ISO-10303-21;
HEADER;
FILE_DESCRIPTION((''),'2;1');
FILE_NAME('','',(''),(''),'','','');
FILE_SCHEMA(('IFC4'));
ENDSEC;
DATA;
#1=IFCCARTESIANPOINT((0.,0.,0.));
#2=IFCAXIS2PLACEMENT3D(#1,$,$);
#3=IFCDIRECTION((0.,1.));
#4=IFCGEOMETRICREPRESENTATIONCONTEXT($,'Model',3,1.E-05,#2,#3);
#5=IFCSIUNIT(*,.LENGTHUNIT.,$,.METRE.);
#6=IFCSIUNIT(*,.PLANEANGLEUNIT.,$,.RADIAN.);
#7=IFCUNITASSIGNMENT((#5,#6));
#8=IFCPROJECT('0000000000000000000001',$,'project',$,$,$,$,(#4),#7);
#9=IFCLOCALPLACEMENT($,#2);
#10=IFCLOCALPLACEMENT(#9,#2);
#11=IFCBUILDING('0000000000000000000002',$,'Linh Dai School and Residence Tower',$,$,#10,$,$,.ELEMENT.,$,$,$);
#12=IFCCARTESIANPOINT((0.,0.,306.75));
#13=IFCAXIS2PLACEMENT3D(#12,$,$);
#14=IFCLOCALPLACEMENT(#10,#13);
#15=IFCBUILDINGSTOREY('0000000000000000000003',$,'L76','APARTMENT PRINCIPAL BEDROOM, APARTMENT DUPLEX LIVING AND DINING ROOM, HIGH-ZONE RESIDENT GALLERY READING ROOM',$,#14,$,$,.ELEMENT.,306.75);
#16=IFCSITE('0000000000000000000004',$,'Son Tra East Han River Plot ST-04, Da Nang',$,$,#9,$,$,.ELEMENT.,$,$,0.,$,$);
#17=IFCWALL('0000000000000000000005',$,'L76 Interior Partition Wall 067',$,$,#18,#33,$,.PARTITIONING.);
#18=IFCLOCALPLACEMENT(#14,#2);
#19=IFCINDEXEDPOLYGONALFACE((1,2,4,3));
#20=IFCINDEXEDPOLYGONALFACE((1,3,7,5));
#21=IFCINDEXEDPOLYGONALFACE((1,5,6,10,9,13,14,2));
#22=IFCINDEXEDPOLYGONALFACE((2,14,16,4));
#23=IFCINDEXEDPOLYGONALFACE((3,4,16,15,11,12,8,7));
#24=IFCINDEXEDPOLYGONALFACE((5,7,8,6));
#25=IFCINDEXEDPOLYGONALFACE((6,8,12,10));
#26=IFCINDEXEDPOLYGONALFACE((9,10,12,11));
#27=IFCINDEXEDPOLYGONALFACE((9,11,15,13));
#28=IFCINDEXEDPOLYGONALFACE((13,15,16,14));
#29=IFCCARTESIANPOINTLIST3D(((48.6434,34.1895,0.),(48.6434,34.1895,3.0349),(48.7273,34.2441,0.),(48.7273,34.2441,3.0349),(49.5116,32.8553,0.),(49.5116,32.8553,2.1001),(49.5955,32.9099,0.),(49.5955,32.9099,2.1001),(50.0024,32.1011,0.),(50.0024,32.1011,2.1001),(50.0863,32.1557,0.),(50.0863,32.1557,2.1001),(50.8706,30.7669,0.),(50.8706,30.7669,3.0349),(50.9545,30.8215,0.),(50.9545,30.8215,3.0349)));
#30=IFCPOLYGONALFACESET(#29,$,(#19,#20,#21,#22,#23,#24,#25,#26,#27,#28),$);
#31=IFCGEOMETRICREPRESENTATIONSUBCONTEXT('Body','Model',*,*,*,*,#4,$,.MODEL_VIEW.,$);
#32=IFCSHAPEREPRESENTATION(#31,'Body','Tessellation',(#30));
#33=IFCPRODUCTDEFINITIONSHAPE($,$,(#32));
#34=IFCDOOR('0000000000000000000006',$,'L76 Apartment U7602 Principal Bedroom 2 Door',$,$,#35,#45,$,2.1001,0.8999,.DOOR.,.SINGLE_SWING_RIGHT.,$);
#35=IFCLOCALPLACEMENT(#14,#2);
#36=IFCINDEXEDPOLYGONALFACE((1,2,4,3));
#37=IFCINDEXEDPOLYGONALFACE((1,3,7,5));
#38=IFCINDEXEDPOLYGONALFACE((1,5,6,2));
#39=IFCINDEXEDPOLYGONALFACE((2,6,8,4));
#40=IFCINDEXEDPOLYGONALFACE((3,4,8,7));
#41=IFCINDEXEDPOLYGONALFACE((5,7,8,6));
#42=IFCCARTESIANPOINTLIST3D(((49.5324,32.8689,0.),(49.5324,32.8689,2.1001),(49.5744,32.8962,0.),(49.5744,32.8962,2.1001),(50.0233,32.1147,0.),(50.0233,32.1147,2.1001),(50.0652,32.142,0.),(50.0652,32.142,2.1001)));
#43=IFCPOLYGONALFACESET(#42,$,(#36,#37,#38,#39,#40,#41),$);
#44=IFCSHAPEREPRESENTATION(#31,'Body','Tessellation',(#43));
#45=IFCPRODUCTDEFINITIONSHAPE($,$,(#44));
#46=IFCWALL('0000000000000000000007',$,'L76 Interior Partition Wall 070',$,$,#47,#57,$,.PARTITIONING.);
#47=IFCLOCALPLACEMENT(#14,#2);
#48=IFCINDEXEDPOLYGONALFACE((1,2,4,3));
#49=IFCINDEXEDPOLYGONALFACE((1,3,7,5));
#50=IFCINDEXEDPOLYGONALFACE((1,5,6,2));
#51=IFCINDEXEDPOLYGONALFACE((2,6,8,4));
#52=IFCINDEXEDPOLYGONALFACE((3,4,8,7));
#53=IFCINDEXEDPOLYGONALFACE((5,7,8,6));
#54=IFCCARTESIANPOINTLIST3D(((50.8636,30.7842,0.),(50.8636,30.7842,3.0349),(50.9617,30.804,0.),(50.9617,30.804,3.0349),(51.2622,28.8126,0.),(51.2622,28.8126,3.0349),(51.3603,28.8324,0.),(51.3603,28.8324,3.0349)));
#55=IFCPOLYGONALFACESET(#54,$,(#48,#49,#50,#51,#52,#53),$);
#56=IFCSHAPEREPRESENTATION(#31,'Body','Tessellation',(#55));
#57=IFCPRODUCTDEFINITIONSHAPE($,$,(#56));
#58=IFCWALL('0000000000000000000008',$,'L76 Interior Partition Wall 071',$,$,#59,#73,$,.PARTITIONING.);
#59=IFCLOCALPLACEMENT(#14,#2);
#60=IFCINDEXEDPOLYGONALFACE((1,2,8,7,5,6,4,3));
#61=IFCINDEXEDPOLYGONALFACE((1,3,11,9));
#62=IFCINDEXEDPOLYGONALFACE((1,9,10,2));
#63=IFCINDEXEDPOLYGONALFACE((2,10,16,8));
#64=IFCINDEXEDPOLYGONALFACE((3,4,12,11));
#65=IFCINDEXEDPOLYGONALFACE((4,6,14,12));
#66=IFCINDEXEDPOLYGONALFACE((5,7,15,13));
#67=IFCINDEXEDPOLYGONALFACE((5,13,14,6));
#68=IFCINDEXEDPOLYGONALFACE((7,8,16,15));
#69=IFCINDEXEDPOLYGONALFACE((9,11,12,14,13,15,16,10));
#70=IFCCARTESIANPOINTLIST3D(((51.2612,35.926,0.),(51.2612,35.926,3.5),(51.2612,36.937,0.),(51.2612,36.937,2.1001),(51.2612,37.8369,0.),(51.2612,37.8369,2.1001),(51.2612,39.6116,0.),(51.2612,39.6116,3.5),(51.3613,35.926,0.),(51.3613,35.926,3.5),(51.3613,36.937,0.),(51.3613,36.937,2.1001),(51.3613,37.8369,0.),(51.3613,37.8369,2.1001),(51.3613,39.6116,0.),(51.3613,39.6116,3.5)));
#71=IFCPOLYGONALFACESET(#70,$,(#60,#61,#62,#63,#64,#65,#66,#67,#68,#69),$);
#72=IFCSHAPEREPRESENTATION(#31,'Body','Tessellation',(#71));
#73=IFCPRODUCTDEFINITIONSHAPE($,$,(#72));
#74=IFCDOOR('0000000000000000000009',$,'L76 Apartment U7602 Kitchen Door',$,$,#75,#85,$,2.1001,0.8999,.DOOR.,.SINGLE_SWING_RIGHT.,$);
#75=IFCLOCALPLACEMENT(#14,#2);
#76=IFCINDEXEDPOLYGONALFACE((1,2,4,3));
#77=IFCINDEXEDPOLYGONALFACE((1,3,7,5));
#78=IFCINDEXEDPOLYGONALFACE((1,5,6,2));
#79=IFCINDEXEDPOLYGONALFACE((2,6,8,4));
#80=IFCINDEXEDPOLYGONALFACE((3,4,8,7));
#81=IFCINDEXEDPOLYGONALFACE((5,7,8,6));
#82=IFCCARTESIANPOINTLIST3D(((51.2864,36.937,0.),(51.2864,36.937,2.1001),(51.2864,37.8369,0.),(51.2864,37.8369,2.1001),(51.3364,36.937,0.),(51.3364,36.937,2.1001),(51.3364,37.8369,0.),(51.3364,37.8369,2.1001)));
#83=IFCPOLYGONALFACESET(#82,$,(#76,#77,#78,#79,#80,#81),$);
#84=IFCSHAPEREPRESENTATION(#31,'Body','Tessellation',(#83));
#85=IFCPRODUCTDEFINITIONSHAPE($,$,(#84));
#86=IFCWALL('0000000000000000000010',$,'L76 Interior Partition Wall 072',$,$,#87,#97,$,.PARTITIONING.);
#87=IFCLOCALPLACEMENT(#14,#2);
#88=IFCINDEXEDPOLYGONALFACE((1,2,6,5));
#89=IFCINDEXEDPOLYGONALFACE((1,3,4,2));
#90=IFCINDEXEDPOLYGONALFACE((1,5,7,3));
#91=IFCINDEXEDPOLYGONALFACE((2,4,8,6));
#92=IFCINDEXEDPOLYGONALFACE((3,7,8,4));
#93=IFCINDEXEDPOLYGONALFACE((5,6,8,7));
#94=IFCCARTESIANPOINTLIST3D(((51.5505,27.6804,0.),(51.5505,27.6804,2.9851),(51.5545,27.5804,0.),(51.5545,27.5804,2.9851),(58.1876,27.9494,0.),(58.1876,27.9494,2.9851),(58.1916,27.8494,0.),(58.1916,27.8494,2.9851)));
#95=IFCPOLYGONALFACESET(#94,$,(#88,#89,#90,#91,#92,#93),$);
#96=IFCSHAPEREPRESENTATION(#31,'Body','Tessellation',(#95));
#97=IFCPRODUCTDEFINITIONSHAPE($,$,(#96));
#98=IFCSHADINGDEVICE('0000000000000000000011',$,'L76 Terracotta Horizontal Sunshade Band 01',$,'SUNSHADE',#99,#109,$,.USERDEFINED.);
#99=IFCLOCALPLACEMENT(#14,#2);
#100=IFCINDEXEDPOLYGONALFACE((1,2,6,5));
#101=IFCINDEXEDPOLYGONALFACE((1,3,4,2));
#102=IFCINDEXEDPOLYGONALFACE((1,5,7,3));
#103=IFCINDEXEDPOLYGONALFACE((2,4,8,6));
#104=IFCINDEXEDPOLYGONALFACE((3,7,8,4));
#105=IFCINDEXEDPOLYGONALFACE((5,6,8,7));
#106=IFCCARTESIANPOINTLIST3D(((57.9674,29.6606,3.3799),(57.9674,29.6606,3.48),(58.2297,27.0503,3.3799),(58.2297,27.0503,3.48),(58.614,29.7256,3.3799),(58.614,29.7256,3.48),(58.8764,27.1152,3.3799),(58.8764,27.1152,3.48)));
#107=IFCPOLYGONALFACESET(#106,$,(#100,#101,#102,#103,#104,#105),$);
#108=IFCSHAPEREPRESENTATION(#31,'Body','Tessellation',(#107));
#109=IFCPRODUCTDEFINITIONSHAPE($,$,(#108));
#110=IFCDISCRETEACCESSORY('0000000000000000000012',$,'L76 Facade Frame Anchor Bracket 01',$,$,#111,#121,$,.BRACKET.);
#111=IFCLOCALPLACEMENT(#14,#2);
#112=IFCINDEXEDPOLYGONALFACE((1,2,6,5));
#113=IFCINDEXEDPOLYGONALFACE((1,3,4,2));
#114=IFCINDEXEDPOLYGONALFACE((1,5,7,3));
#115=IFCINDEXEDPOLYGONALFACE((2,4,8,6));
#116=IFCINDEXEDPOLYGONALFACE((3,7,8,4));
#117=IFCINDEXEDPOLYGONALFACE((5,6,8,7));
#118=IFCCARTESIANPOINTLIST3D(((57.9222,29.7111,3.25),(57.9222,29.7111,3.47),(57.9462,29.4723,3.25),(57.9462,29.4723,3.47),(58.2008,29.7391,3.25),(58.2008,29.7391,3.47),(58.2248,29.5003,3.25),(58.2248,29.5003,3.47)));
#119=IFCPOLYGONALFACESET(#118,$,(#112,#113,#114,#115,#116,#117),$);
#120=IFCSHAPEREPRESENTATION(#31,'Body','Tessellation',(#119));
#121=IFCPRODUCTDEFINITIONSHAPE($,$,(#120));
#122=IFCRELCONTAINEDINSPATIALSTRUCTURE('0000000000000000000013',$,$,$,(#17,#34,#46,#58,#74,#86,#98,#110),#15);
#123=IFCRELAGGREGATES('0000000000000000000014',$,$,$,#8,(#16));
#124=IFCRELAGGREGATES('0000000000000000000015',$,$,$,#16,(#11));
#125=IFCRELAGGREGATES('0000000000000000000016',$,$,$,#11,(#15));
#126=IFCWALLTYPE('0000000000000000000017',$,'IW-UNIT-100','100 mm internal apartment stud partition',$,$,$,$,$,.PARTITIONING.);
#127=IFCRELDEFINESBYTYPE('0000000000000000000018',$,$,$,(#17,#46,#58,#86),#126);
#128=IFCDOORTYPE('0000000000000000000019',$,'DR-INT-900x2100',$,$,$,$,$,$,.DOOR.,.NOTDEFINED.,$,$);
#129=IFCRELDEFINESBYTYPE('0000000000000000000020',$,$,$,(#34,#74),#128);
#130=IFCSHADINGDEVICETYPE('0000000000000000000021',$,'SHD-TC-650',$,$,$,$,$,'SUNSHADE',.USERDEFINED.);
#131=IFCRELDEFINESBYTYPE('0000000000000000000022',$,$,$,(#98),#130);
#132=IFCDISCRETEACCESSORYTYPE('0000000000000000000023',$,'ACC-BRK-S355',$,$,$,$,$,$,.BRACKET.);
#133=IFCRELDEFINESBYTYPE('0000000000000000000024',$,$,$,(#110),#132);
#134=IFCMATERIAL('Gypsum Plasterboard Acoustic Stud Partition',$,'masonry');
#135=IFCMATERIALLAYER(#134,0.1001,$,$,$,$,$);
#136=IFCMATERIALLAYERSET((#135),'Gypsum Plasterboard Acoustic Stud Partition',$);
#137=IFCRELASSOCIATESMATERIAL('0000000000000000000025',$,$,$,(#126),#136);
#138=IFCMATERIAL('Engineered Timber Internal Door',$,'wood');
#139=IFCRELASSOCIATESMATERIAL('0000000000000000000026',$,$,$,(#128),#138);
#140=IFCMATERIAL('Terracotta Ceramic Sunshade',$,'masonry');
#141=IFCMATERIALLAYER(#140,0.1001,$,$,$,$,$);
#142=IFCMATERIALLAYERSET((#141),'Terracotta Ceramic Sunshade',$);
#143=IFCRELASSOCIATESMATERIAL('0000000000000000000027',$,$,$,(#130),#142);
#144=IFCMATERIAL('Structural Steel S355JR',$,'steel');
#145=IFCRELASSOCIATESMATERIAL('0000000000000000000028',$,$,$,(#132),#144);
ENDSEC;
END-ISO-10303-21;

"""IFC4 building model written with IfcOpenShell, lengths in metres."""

from ifc_helpers import new_model, si_unit, direction, frame, frame_2d, origin, origin_2d, place, context, subcontext, project, spatial, rectangle, extrude, source, transform, mapped, material, layer, layer_set, type_object, element, fill, save


model = new_model("IFC4")

# Units and contexts
model_context = context("Model", 3, precision=1e-05, world=origin(), true_north=direction((0.0, 1.0)))
body_context = subcontext(model_context, "Body", "Model", "MODEL_VIEW")
ifc_project = project(units=[si_unit("LENGTHUNIT", "METRE"), si_unit("PLANEANGLEUNIT", "RADIAN")], contexts=[model_context])

# Site, building, storey
site_placement = place(None, origin())
site = spatial("IfcSite", under=ifc_project, at=site_placement, Name="Son Tra East Han River Plot ST-04, Da Nang", CompositionType="ELEMENT", RefElevation=0.0)
building_placement = place(site_placement, origin())
building = spatial("IfcBuilding", under=site, at=building_placement, Name="Linh Dai School and Residence Tower", CompositionType="ELEMENT")
storey_placement = place(building_placement, frame((0.0, 0.0, 306.75)))
storey = spatial("IfcBuildingStorey", under=building, at=storey_placement, Name="L76", Description="APARTMENT PRINCIPAL BEDROOM, APARTMENT DUPLEX LIVING AND DINING ROOM, HIGH-ZONE RESIDENT GALLERY READING ROOM", CompositionType="ELEMENT", Elevation=306.75)

# Shared definitions
ifc_material_1 = material(Name="Structural Steel S355JR", Category="steel")

# Shared definitions
ifc_material_2 = material(Name="Gypsum Plasterboard Acoustic Stud Partition", Category="masonry")
ifc_layer_1 = layer(ifc_material_2, 0.1001)
ifc_layer_set_1 = layer_set([ifc_layer_1], Name="Gypsum Plasterboard Acoustic Stud Partition")
wall_type_1 = type_object("IfcWallType", Name="IW-UNIT-100", Description="100 mm internal apartment stud partition", PredefinedType="PARTITIONING", material=ifc_layer_set_1)

# Wall, opening, door
wall_1_placement = place(storey_placement, frame((48.6853, 34.2168, 0.0), z_axis=(0.0, 0.0, 1.0), x_axis=(0.545436, -0.838153, 0.0)))
wall_1 = element("IfcWall", 1, at=wall_1_placement, inside=storey, type_object=wall_type_1, Name="L76 Interior Partition Wall 067", PredefinedType="PARTITIONING", context=body_context, shape_type="SweptSolid", body=[
    extrude(rectangle(XDim=4.0835, YDim=0.1001, at=frame_2d((2.0417, 0.0))), origin(), (0.0, 0.0, 1.0), 3.0349),
])
opening_1_placement = place(wall_1_placement, frame((1.5918, 0.0, 0.0)))
opening_1 = element("IfcOpeningElement", 2, at=opening_1_placement, cuts=wall_1, PredefinedType="OPENING", context=body_context, shape_type="SweptSolid", body=[
    extrude(rectangle(XDim=0.8999, YDim=2.1001, at=origin_2d()), frame((0.45, 0.0601, 1.05), z_axis=(0.0, -1.0, 0.0), x_axis=(1.0, 0.0, 0.0)), (0.0, 0.0, 1.0), 0.1201),
])
ifc_material_3 = material(Name="Engineered Timber Internal Door", Category="wood")
door_type = type_object("IfcDoorType", Name="DR-INT-900x2100", OperationType="NOTDEFINED", PredefinedType="DOOR", material=ifc_material_3)
shared_shape_1 = source(origin(), body_context, "Body", "SweptSolid", [
    extrude(rectangle(XDim=0.8999, YDim=2.1001, at=origin_2d()), frame((0.45, 0.0249, 1.05), z_axis=(0.0, -1.0, 0.0), x_axis=(1.0, 0.0, 0.0)), (0.0, 0.0, 1.0), 0.05),
])
door_1_placement = place(opening_1_placement, origin())
door_1 = element("IfcDoor", 3, at=door_1_placement, inside=storey, type_object=door_type, Name="L76 Apartment U7602 Principal Bedroom 2 Door", OperationType="SINGLE_SWING_RIGHT", OverallHeight=2.1001, OverallWidth=0.8999, PredefinedType="DOOR", context=body_context, shape_type="MappedRepresentation", body=[
    mapped(shared_shape_1, transform((0.0, 0.0, 0.0), x_axis=(1.0, 0.0, 0.0), y_axis=(0.0, 1.0, 0.0), z_axis=(0.0, 0.0, 1.0), scale=1.0)),
])
fill(opening_1, door_1)

# Wall
wall_2_placement = place(storey_placement, frame((50.9126, 30.7942, 0.0), z_axis=(0.0, 0.0, 1.0), x_axis=(0.198193, -0.980163, 0.0)))
element("IfcWall", 4, at=wall_2_placement, inside=storey, type_object=wall_type_1, Name="L76 Interior Partition Wall 070", PredefinedType="PARTITIONING", context=body_context, shape_type="SweptSolid", body=[
    extrude(rectangle(XDim=2.0115, YDim=0.1001, at=frame_2d((1.0059, 0.0))), origin(), (0.0, 0.0, 1.0), 3.0349),
])

# Wall, opening, door
wall_3_placement = place(storey_placement, frame((51.3113, 35.926, 0.0), z_axis=(0.0, 0.0, 1.0), x_axis=(0.0, 1.0, 0.0)))
wall_3 = element("IfcWall", 5, at=wall_3_placement, inside=storey, type_object=wall_type_1, Name="L76 Interior Partition Wall 071", PredefinedType="PARTITIONING", context=body_context, shape_type="SweptSolid", body=[
    extrude(rectangle(XDim=3.6855, YDim=0.1001, at=frame_2d((1.8428, 0.0))), origin(), (0.0, 0.0, 1.0), 3.5),
])
opening_2_placement = place(wall_3_placement, frame((1.011, 0.0, 0.0)))
opening_2 = element("IfcOpeningElement", 6, at=opening_2_placement, cuts=wall_3, PredefinedType="OPENING", context=body_context, shape_type="SweptSolid", body=[
    extrude(rectangle(XDim=0.8999, YDim=2.1001, at=origin_2d()), frame((0.45, 0.0601, 1.05), z_axis=(0.0, -1.0, 0.0), x_axis=(1.0, 0.0, 0.0)), (0.0, 0.0, 1.0), 0.1201),
])
door_2_placement = place(opening_2_placement, origin())
door_2 = element("IfcDoor", 7, at=door_2_placement, inside=storey, type_object=door_type, Name="L76 Apartment U7602 Kitchen Door", OperationType="SINGLE_SWING_RIGHT", OverallHeight=2.1001, OverallWidth=0.8999, PredefinedType="DOOR", context=body_context, shape_type="MappedRepresentation", body=[
    mapped(shared_shape_1, transform((0.0, 0.0, 0.0), x_axis=(1.0, 0.0, 0.0), y_axis=(0.0, 1.0, 0.0), z_axis=(0.0, 0.0, 1.0), scale=1.0)),
])
fill(opening_2, door_2)

# Wall
wall_4_placement = place(storey_placement, frame((51.5525, 27.6304, 0.0), z_axis=(0.0, 0.0, 1.0), x_axis=(0.999179, 0.040502, 0.0)))
element("IfcWall", 8, at=wall_4_placement, inside=storey, type_object=wall_type_1, Name="L76 Interior Partition Wall 072", PredefinedType="PARTITIONING", context=body_context, shape_type="SweptSolid", body=[
    extrude(rectangle(XDim=6.6426, YDim=0.1001, at=frame_2d((3.3213, 0.0))), origin(), (0.0, 0.0, 1.0), 2.9851),
])

# Shading device
ifc_material_4 = material(Name="Terracotta Ceramic Sunshade", Category="masonry")
ifc_layer_2 = layer(ifc_material_4, 0.1001)
ifc_layer_set_2 = layer_set([ifc_layer_2], Name="Terracotta Ceramic Sunshade")
shading_device_type = type_object("IfcShadingDeviceType", Name="SHD-TC-650", ElementType="SUNSHADE", PredefinedType="USERDEFINED", material=ifc_layer_set_2)
shared_shape_2 = source(origin(), body_context, "Body", "SweptSolid", [
    extrude(rectangle(XDim=2.6235, YDim=0.6499, at=origin_2d()), origin(), (0.0, 0.0, 1.0), 0.1001),
])
shading_device_placement = place(storey_placement, frame((58.4219, 28.3879, 3.3799), z_axis=(0.0, 0.0, 1.0), x_axis=(0.100008, -0.994987, 0.0)))
element("IfcShadingDevice", 9, at=shading_device_placement, inside=storey, type_object=shading_device_type, Name="L76 Terracotta Horizontal Sunshade Band 01", ObjectType="SUNSHADE", PredefinedType="USERDEFINED", context=body_context, shape_type="MappedRepresentation", body=[
    mapped(shared_shape_2, transform((0.0, 0.0, 0.0), x_axis=(1.0, 0.0, 0.0), y_axis=(0.0, 1.0, 0.0), z_axis=(0.0, 0.0, 1.0), scale=1.0)),
])

# Discrete accessory
discrete_accessory_type = type_object("IfcDiscreteAccessoryType", Name="ACC-BRK-S355", PredefinedType="BRACKET", material=ifc_material_1)
shared_shape_3 = source(origin(), body_context, "Body", "SweptSolid", [
    extrude(rectangle(XDim=0.28, YDim=0.24, at=origin_2d()), origin(), (0.0, 0.0, 1.0), 0.22),
])
discrete_accessory_placement = place(storey_placement, frame((58.0735, 29.6057, 3.25), z_axis=(0.0, 0.0, 1.0), x_axis=(0.994987, 0.100008, 0.0)))
element("IfcDiscreteAccessory", 10, at=discrete_accessory_placement, inside=storey, type_object=discrete_accessory_type, Name="L76 Facade Frame Anchor Bracket 01", PredefinedType="BRACKET", context=body_context, shape_type="MappedRepresentation", body=[
    mapped(shared_shape_3, transform((0.0, 0.0, 0.0), x_axis=(1.0, 0.0, 0.0), y_axis=(0.0, 1.0, 0.0), z_axis=(0.0, 0.0, 1.0), scale=1.0)),
])

save(model, "model.ifc")
